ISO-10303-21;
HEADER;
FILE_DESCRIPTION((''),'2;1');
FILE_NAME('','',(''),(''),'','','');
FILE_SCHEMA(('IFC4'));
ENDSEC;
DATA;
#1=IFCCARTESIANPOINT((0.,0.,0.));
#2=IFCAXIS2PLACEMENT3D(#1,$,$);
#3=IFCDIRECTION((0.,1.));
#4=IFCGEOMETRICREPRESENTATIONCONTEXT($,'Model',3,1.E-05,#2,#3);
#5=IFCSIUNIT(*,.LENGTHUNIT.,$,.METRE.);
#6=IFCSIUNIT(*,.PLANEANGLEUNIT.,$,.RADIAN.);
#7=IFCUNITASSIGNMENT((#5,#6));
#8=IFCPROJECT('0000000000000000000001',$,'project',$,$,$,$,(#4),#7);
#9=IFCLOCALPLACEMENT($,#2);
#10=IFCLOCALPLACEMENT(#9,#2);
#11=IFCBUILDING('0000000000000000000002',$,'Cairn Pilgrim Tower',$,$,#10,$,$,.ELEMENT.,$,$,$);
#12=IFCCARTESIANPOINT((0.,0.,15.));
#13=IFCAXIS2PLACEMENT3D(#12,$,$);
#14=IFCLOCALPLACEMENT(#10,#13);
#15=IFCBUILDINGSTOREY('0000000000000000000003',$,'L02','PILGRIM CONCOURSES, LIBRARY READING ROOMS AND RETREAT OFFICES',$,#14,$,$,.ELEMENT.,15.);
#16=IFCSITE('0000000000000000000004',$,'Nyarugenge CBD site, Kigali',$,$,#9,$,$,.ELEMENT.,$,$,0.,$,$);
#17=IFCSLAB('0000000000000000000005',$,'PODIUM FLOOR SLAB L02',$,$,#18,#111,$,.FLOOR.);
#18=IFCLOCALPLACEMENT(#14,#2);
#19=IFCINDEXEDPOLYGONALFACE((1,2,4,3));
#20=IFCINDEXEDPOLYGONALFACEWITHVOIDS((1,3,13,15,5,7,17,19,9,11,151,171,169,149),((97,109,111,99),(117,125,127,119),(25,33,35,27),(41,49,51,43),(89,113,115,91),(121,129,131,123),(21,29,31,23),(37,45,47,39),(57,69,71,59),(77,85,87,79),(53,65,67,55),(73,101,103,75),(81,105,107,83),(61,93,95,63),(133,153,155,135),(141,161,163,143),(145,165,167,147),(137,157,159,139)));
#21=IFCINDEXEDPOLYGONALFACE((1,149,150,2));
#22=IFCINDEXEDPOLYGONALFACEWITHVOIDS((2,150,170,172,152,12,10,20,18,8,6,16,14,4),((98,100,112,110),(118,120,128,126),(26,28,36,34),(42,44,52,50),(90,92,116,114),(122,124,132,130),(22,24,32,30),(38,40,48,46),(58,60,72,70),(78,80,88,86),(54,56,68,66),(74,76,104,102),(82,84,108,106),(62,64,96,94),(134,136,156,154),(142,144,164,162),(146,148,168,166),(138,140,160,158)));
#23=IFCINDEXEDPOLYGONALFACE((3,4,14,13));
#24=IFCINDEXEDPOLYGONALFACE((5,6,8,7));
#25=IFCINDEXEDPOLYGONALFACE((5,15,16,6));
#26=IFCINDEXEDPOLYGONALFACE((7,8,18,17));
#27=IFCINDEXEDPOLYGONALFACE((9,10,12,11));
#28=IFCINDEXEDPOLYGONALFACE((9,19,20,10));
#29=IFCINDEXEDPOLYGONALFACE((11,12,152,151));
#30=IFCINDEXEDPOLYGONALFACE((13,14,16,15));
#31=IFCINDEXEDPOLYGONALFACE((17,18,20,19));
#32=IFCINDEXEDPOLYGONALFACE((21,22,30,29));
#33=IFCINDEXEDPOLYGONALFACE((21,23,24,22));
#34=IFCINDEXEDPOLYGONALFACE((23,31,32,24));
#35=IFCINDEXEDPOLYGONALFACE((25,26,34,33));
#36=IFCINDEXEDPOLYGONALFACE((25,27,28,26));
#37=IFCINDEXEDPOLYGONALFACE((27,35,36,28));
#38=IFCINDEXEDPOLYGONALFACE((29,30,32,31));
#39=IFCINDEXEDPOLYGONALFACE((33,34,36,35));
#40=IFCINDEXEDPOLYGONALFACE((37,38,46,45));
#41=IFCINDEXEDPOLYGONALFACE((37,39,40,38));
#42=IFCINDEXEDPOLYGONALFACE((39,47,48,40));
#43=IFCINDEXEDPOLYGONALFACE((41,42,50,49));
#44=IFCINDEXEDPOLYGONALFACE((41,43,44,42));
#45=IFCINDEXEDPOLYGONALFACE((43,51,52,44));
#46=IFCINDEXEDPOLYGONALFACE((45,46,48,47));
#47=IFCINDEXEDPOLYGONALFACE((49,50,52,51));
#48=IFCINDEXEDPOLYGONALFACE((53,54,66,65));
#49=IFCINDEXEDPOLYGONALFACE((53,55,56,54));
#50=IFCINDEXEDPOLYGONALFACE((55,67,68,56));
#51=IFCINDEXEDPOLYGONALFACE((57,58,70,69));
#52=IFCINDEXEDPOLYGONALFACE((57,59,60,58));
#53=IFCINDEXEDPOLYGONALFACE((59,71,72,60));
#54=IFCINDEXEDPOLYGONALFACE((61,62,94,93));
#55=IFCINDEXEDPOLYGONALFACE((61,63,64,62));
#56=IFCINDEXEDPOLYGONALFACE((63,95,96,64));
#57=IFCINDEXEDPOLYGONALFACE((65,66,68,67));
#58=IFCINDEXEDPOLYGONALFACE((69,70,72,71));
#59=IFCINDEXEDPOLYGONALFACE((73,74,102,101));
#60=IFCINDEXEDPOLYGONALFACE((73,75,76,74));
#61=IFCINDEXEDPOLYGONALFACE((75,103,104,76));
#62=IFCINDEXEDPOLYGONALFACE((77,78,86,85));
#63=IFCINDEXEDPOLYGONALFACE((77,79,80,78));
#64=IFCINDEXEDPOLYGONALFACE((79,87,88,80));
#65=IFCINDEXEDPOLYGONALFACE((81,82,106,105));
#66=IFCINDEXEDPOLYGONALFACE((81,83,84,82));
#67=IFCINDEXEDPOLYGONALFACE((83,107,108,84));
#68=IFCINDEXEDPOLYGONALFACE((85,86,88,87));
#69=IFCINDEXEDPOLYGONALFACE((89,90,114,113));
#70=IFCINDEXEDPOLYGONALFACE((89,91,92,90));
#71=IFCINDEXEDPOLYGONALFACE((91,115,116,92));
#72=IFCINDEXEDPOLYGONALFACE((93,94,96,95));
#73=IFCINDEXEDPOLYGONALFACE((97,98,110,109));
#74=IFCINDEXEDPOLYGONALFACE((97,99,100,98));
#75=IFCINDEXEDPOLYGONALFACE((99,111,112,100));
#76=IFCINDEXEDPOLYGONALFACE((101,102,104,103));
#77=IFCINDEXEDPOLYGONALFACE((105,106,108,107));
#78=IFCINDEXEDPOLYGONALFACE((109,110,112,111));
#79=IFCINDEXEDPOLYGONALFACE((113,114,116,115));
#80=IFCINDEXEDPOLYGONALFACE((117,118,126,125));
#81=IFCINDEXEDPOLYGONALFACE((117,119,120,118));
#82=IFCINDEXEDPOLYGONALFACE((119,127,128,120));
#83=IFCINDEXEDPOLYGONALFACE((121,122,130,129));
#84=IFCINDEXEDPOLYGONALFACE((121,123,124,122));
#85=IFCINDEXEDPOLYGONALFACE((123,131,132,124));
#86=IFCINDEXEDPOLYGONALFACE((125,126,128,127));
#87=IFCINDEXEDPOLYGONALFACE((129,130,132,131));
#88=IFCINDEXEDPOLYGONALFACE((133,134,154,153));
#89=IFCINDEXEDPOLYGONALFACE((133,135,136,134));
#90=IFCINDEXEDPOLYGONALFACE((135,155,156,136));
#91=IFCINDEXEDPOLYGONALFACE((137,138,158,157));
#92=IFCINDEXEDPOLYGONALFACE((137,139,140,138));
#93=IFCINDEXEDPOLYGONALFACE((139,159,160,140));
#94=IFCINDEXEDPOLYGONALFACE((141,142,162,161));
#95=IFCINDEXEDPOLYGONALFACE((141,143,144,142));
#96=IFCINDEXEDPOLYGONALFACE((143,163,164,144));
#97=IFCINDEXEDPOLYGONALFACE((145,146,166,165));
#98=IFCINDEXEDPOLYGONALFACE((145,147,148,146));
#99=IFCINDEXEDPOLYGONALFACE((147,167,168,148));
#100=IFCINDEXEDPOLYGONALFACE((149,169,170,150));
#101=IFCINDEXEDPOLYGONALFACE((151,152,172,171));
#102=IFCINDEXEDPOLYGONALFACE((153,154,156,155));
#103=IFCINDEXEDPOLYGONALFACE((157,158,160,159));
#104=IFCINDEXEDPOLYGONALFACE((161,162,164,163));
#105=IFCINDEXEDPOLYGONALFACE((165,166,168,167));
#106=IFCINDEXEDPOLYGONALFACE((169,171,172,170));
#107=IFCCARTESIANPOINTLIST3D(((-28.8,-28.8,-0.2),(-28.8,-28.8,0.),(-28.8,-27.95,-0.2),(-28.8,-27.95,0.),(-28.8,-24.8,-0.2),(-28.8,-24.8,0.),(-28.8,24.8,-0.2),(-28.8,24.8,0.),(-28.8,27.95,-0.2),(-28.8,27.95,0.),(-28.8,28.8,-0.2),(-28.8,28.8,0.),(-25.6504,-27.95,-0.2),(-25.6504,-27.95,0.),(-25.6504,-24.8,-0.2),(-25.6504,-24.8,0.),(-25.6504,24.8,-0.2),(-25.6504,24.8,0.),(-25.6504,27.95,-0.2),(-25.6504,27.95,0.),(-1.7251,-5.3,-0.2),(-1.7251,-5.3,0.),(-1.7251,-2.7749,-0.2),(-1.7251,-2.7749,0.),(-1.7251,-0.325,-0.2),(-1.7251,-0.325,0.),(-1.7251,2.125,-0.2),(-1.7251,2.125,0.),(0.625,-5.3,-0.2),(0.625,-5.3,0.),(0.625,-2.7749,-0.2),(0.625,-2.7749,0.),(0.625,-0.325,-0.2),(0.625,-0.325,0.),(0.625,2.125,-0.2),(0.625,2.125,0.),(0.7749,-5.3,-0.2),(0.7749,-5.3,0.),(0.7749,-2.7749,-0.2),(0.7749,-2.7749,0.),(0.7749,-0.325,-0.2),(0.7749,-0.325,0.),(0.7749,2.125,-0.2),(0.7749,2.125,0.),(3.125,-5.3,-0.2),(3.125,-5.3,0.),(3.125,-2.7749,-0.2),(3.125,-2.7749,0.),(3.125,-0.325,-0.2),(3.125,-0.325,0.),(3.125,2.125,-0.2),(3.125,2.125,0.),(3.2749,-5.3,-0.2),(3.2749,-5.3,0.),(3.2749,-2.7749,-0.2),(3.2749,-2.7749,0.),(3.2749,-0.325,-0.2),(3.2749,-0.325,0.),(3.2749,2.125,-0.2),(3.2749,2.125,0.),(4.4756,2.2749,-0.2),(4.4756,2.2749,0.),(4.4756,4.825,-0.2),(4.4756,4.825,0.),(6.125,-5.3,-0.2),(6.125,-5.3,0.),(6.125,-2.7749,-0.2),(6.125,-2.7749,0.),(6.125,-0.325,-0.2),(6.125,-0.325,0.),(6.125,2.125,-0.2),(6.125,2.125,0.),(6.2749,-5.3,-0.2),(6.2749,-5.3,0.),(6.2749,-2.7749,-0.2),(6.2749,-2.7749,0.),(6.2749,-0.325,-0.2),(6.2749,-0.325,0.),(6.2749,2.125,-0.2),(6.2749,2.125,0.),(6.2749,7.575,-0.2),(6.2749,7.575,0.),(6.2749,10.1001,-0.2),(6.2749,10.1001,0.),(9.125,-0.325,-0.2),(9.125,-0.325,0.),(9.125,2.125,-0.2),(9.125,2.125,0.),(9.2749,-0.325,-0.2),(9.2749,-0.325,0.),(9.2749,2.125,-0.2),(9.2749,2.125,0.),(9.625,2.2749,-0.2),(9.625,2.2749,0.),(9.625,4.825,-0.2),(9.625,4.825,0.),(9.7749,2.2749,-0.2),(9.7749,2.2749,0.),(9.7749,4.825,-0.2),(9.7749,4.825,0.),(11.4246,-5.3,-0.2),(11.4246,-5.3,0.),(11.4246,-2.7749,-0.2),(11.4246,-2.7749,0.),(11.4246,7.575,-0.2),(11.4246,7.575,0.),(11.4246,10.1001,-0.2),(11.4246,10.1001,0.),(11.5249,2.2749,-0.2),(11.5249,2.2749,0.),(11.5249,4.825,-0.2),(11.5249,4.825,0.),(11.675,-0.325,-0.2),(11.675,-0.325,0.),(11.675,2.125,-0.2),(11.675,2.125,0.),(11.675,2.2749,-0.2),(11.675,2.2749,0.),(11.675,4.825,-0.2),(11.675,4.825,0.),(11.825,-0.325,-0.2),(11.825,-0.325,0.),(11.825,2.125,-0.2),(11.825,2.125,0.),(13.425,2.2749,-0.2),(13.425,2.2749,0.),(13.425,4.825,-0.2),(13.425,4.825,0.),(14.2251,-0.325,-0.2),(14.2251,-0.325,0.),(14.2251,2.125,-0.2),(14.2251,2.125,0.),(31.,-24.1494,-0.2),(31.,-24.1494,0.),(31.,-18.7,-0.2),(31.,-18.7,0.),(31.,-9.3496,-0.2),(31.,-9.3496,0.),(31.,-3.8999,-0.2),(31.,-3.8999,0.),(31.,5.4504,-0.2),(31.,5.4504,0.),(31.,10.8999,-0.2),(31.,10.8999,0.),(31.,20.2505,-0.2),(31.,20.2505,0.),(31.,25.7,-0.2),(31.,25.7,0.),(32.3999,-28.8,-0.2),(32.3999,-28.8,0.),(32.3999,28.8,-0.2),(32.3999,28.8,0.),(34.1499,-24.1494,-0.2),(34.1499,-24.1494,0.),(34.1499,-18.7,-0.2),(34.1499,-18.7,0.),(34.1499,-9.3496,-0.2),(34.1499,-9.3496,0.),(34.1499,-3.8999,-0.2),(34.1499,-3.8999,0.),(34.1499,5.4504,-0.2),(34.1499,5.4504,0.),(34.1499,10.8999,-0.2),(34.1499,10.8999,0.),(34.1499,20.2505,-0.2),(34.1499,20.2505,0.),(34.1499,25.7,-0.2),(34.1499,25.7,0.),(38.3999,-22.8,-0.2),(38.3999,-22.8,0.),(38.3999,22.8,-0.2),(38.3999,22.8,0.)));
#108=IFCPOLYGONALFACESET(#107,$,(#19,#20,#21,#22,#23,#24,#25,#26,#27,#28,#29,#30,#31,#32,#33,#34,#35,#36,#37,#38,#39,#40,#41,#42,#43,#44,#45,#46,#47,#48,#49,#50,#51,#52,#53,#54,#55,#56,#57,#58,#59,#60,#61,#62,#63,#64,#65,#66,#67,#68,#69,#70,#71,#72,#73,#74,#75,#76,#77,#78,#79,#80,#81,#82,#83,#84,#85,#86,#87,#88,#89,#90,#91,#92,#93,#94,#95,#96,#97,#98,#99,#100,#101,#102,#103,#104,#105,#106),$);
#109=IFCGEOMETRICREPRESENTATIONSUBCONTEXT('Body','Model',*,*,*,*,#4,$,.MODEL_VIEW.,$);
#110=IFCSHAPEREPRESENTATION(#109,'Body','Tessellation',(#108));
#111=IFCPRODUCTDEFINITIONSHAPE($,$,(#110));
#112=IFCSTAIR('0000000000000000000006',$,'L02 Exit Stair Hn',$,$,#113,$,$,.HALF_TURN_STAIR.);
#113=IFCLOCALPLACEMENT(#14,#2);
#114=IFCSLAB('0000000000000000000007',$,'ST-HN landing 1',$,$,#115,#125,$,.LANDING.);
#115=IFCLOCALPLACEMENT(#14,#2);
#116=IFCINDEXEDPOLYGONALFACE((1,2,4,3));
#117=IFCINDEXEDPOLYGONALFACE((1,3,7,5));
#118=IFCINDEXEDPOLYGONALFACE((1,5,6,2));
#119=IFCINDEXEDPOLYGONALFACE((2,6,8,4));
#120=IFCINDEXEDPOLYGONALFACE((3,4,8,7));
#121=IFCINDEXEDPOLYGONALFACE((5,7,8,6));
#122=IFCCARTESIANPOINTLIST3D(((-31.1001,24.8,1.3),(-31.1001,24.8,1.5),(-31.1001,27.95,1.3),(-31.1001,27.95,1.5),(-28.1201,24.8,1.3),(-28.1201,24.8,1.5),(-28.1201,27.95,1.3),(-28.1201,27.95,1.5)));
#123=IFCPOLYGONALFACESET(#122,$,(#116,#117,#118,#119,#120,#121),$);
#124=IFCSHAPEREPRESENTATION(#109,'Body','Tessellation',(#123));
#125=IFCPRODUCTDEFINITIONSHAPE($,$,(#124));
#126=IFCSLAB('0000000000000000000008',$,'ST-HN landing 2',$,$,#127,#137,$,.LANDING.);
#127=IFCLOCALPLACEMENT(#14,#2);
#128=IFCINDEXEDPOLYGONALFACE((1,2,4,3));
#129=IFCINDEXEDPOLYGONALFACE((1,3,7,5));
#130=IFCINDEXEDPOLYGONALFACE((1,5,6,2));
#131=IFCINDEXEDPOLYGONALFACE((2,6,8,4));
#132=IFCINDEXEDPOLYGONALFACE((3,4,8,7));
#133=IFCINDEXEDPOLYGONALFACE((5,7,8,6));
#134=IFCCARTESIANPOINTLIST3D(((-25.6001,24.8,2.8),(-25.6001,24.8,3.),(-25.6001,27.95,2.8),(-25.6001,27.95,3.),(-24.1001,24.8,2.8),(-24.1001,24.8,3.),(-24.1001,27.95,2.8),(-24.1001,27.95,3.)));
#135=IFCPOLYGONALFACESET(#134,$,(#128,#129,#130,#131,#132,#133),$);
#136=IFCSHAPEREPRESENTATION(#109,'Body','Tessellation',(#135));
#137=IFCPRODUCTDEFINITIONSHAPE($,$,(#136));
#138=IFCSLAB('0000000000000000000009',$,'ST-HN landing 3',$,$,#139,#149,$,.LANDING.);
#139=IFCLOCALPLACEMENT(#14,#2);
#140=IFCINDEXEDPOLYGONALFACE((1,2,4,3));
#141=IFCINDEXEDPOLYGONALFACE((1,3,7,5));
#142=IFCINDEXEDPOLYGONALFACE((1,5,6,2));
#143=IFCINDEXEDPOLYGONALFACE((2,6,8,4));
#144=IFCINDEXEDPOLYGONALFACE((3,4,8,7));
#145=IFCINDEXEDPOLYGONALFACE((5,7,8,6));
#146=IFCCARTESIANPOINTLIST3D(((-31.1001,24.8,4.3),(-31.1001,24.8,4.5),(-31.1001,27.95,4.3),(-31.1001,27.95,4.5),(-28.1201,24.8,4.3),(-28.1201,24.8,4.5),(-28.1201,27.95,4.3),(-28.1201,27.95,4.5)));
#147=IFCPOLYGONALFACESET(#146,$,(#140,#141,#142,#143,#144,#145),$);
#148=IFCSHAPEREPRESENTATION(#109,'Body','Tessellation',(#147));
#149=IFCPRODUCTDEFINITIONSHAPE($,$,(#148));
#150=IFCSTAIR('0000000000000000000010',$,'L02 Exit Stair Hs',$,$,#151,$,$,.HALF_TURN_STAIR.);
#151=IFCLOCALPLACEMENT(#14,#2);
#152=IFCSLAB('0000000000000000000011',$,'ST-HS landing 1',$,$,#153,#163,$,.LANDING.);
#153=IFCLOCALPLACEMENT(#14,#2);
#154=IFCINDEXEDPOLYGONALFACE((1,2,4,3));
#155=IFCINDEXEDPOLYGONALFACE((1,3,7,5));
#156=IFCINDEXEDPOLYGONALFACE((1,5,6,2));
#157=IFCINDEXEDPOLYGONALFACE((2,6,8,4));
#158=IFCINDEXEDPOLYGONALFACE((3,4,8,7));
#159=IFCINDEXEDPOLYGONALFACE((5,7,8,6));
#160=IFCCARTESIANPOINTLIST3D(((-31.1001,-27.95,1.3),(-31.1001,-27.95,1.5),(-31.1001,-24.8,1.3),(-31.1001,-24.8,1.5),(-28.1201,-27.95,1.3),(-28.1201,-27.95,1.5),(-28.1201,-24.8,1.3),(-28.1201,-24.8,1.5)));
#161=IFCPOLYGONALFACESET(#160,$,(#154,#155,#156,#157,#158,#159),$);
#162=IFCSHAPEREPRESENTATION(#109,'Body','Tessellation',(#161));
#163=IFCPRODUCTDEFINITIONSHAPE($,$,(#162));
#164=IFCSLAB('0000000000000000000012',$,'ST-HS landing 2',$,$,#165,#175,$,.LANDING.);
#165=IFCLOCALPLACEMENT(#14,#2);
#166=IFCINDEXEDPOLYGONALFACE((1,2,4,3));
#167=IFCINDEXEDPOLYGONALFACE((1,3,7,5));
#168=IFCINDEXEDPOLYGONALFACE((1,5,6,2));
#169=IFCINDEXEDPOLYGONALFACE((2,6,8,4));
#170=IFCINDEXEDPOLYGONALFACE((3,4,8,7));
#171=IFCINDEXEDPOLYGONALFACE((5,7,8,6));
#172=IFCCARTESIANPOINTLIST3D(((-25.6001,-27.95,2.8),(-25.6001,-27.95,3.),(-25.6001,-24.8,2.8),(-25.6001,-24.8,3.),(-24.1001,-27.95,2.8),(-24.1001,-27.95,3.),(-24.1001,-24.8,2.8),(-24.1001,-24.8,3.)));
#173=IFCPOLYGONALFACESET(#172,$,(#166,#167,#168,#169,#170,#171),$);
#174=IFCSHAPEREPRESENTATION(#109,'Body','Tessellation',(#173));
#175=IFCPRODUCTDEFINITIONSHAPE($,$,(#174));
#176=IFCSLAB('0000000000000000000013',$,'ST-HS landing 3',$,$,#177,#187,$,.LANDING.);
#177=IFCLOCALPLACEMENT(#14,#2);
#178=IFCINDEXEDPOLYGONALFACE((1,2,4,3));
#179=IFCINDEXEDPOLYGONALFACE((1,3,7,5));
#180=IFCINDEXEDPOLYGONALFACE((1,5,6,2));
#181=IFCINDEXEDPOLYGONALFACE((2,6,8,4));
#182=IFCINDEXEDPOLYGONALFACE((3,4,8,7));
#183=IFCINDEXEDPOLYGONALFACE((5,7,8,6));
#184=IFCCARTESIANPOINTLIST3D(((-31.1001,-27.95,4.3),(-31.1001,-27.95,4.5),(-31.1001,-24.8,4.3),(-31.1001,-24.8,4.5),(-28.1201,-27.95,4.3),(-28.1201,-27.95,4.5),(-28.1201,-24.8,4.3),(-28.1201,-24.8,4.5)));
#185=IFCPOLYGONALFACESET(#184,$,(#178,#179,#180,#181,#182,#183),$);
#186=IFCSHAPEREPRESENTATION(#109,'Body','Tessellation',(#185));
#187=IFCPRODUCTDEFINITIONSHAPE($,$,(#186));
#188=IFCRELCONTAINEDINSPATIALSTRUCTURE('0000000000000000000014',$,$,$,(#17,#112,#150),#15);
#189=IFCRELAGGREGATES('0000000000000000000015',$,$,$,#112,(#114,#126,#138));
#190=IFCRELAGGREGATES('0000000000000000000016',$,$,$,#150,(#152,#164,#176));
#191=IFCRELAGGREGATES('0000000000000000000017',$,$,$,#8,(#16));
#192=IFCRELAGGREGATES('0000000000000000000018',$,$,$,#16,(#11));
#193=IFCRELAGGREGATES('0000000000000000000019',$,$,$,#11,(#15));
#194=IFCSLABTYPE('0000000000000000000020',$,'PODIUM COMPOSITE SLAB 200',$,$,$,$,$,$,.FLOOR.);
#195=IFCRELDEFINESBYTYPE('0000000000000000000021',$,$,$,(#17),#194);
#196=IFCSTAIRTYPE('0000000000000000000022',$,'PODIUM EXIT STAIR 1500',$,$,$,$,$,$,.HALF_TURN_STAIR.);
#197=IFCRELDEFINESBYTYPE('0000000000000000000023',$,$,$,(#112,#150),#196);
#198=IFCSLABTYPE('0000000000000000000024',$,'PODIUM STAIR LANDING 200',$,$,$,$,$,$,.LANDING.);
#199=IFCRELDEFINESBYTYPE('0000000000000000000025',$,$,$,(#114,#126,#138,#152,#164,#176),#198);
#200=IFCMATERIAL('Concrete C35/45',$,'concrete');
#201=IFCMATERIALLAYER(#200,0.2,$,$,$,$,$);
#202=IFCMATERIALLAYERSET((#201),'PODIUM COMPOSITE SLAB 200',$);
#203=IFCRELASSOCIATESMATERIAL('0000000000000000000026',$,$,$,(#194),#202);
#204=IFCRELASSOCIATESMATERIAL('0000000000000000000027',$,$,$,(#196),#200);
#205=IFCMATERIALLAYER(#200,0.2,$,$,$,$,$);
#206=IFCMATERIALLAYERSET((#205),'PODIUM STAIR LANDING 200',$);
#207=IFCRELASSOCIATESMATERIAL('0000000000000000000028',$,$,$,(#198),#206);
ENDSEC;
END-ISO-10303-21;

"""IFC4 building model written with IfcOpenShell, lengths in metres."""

from ifc_helpers import new_model, si_unit, direction, frame, origin, place, context, subcontext, project, spatial, polyline, outline, extrude, material, layer, layer_set, type_object, element, aggregate, save


model = new_model("IFC4")

# Units and contexts
model_context = context("Model", 3, precision=1e-05, world=origin(), true_north=direction((0.0, 1.0)))
body_context = subcontext(model_context, "Body", "Model", "MODEL_VIEW")
ifc_project = project(units=[si_unit("LENGTHUNIT", "METRE"), si_unit("PLANEANGLEUNIT", "RADIAN")], contexts=[model_context])

# Site, building, storey
site_placement = place(None, origin())
site = spatial("IfcSite", under=ifc_project, at=site_placement, Name="Nyarugenge CBD site, Kigali", CompositionType="ELEMENT", RefElevation=0.0)
building_placement = place(site_placement, origin())
building = spatial("IfcBuilding", under=site, at=building_placement, Name="Cairn Pilgrim Tower", CompositionType="ELEMENT")
storey_placement = place(building_placement, frame((0.0, 0.0, 15.0)))
storey = spatial("IfcBuildingStorey", under=building, at=storey_placement, Name="L02", Description="PILGRIM CONCOURSES, LIBRARY READING ROOMS AND RETREAT OFFICES", CompositionType="ELEMENT", Elevation=15.0)

# Slab
ifc_material = material(Name="Concrete C35/45", Category="concrete")
ifc_layer_1 = layer(ifc_material, 0.2)
ifc_layer_set_1 = layer_set([ifc_layer_1], Name="PODIUM COMPOSITE SLAB 200")
slab_type_1 = type_object("IfcSlabType", Name="PODIUM COMPOSITE SLAB 200", PredefinedType="FLOOR", material=ifc_layer_set_1)
slab_1_placement = place(storey_placement, frame((0.0, 0.0, -0.2)))
element("IfcSlab", 1, at=slab_1_placement, inside=storey, type_object=slab_type_1, Name="PODIUM FLOOR SLAB L02", PredefinedType="FLOOR", context=body_context, shape_type="SweptSolid", body=[
    extrude(outline(polyline([(-25.6504, -24.8), (-25.6504, -27.95), (-28.8, -27.95), (-28.8, -28.8), (32.3999, -28.8), (38.3999, -22.8), (38.3999, 22.8), (32.3999, 28.8), (-28.8, 28.8), (-28.8, 27.95), (-25.6504, 27.95), (-25.6504, 24.8), (-28.8, 24.8), (-28.8, -24.8), (-25.6504, -24.8)]), holes=[polyline([(-1.7251, -2.7749), (0.625, -2.7749), (0.625, -5.3), (-1.7251, -5.3), (-1.7251, -2.7749)]), polyline([(3.125, -2.7749), (3.125, -5.3), (0.7749, -5.3), (0.7749, -2.7749), (3.125, -2.7749)]), polyline([(0.625, -0.325), (-1.7251, -0.325), (-1.7251, 2.125), (0.625, 2.125), (0.625, -0.325)]), polyline([(0.7749, -0.325), (0.7749, 2.125), (3.125, 2.125), (3.125, -0.325), (0.7749, -0.325)]), polyline([(3.2749, -2.7749), (6.125, -2.7749), (6.125, -5.3), (3.2749, -5.3), (3.2749, -2.7749)]), polyline([(6.125, 2.125), (6.125, -0.325), (3.2749, -0.325), (3.2749, 2.125), (6.125, 2.125)]), polyline([(9.125, -0.325), (6.2749, -0.325), (6.2749, 2.125), (9.125, 2.125), (9.125, -0.325)]), polyline([(9.2749, -0.325), (9.2749, 2.125), (11.675, 2.125), (11.675, -0.325), (9.2749, -0.325)]), polyline([(11.825, 2.125), (14.2251, 2.125), (14.2251, -0.325), (11.825, -0.325), (11.825, 2.125)]), polyline([(11.5249, 4.825), (11.5249, 2.2749), (9.7749, 2.2749), (9.7749, 4.825), (11.5249, 4.825)]), polyline([(13.425, 2.2749), (11.675, 2.2749), (11.675, 4.825), (13.425, 4.825), (13.425, 2.2749)]), polyline([(11.4246, -2.7749), (11.4246, -5.3), (6.2749, -5.3), (6.2749, -2.7749), (11.4246, -2.7749)]), polyline([(4.4756, 4.825), (9.625, 4.825), (9.625, 2.2749), (4.4756, 2.2749), (4.4756, 4.825)]), polyline([(6.2749, 7.575), (6.2749, 10.1001), (11.4246, 10.1001), (11.4246, 7.575), (6.2749, 7.575)]), polyline([(31.0, -24.1494), (31.0, -18.7), (34.1499, -18.7), (34.1499, -24.1494), (31.0, -24.1494)]), polyline([(31.0, -3.8999), (34.1499, -3.8999), (34.1499, -9.3496), (31.0, -9.3496), (31.0, -3.8999)]), polyline([(34.1499, 10.8999), (34.1499, 5.4504), (31.0, 5.4504), (31.0, 10.8999), (34.1499, 10.8999)]), polyline([(34.1499, 20.2505), (31.0, 20.2505), (31.0, 25.7), (34.1499, 25.7), (34.1499, 20.2505)])]), origin(), (0.0, 0.0, 1.0), 0.2),
])

# Stairs, slabs
stair_type = type_object("IfcStairType", Name="PODIUM EXIT STAIR 1500", PredefinedType="HALF_TURN_STAIR", material=ifc_material)
stair_1_placement = place(storey_placement, origin())
stair_1 = element("IfcStair", 2, at=stair_1_placement, inside=storey, type_object=stair_type, Name="L02 Exit Stair Hn", PredefinedType="HALF_TURN_STAIR")
ifc_layer_2 = layer(ifc_material, 0.2)
ifc_layer_set_2 = layer_set([ifc_layer_2], Name="PODIUM STAIR LANDING 200")
slab_type_2 = type_object("IfcSlabType", Name="PODIUM STAIR LANDING 200", PredefinedType="LANDING", material=ifc_layer_set_2)
slab_2_placement = place(storey_placement, frame((0.0, 0.0, 1.3)))
slab_2 = element("IfcSlab", 3, at=slab_2_placement, type_object=slab_type_2, Name="ST-HN landing 1", PredefinedType="LANDING", context=body_context, shape_type="SweptSolid", body=[
    extrude(outline(polyline([(-28.1201, 27.95), (-31.1001, 27.95), (-31.1001, 24.8), (-28.1201, 24.8), (-28.1201, 27.95)])), origin(), (0.0, 0.0, 1.0), 0.2),
])
slab_3_placement = place(storey_placement, frame((0.0, 0.0, 2.8)))
slab_3 = element("IfcSlab", 4, at=slab_3_placement, type_object=slab_type_2, Name="ST-HN landing 2", PredefinedType="LANDING", context=body_context, shape_type="SweptSolid", body=[
    extrude(outline(polyline([(-24.1001, 27.95), (-25.6001, 27.95), (-25.6001, 24.8), (-24.1001, 24.8), (-24.1001, 27.95)])), origin(), (0.0, 0.0, 1.0), 0.2),
])
slab_4_placement = place(storey_placement, frame((0.0, 0.0, 4.3)))
slab_4 = element("IfcSlab", 5, at=slab_4_placement, type_object=slab_type_2, Name="ST-HN landing 3", PredefinedType="LANDING", context=body_context, shape_type="SweptSolid", body=[
    extrude(outline(polyline([(-28.1201, 27.95), (-31.1001, 27.95), (-31.1001, 24.8), (-28.1201, 24.8), (-28.1201, 27.95)])), origin(), (0.0, 0.0, 1.0), 0.2),
])
aggregate(stair_1, [slab_2, slab_3, slab_4])
stair_2_placement = place(storey_placement, origin())
stair_2 = element("IfcStair", 6, at=stair_2_placement, inside=storey, type_object=stair_type, Name="L02 Exit Stair Hs", PredefinedType="HALF_TURN_STAIR")
slab_5_placement = place(storey_placement, frame((0.0, 0.0, 1.3)))
slab_5 = element("IfcSlab", 7, at=slab_5_placement, type_object=slab_type_2, Name="ST-HS landing 1", PredefinedType="LANDING", context=body_context, shape_type="SweptSolid", body=[
    extrude(outline(polyline([(-28.1201, -24.8), (-31.1001, -24.8), (-31.1001, -27.95), (-28.1201, -27.95), (-28.1201, -24.8)])), origin(), (0.0, 0.0, 1.0), 0.2),
])
slab_6_placement = place(storey_placement, frame((0.0, 0.0, 2.8)))
slab_6 = element("IfcSlab", 8, at=slab_6_placement, type_object=slab_type_2, Name="ST-HS landing 2", PredefinedType="LANDING", context=body_context, shape_type="SweptSolid", body=[
    extrude(outline(polyline([(-24.1001, -24.8), (-25.6001, -24.8), (-25.6001, -27.95), (-24.1001, -27.95), (-24.1001, -24.8)])), origin(), (0.0, 0.0, 1.0), 0.2),
])
slab_7_placement = place(storey_placement, frame((0.0, 0.0, 4.3)))
slab_7 = element("IfcSlab", 9, at=slab_7_placement, type_object=slab_type_2, Name="ST-HS landing 3", PredefinedType="LANDING", context=body_context, shape_type="SweptSolid", body=[
    extrude(outline(polyline([(-28.1201, -24.8), (-31.1001, -24.8), (-31.1001, -27.95), (-28.1201, -27.95), (-28.1201, -24.8)])), origin(), (0.0, 0.0, 1.0), 0.2),
])
aggregate(stair_2, [slab_5, slab_6, slab_7])

save(model, "model.ifc")
